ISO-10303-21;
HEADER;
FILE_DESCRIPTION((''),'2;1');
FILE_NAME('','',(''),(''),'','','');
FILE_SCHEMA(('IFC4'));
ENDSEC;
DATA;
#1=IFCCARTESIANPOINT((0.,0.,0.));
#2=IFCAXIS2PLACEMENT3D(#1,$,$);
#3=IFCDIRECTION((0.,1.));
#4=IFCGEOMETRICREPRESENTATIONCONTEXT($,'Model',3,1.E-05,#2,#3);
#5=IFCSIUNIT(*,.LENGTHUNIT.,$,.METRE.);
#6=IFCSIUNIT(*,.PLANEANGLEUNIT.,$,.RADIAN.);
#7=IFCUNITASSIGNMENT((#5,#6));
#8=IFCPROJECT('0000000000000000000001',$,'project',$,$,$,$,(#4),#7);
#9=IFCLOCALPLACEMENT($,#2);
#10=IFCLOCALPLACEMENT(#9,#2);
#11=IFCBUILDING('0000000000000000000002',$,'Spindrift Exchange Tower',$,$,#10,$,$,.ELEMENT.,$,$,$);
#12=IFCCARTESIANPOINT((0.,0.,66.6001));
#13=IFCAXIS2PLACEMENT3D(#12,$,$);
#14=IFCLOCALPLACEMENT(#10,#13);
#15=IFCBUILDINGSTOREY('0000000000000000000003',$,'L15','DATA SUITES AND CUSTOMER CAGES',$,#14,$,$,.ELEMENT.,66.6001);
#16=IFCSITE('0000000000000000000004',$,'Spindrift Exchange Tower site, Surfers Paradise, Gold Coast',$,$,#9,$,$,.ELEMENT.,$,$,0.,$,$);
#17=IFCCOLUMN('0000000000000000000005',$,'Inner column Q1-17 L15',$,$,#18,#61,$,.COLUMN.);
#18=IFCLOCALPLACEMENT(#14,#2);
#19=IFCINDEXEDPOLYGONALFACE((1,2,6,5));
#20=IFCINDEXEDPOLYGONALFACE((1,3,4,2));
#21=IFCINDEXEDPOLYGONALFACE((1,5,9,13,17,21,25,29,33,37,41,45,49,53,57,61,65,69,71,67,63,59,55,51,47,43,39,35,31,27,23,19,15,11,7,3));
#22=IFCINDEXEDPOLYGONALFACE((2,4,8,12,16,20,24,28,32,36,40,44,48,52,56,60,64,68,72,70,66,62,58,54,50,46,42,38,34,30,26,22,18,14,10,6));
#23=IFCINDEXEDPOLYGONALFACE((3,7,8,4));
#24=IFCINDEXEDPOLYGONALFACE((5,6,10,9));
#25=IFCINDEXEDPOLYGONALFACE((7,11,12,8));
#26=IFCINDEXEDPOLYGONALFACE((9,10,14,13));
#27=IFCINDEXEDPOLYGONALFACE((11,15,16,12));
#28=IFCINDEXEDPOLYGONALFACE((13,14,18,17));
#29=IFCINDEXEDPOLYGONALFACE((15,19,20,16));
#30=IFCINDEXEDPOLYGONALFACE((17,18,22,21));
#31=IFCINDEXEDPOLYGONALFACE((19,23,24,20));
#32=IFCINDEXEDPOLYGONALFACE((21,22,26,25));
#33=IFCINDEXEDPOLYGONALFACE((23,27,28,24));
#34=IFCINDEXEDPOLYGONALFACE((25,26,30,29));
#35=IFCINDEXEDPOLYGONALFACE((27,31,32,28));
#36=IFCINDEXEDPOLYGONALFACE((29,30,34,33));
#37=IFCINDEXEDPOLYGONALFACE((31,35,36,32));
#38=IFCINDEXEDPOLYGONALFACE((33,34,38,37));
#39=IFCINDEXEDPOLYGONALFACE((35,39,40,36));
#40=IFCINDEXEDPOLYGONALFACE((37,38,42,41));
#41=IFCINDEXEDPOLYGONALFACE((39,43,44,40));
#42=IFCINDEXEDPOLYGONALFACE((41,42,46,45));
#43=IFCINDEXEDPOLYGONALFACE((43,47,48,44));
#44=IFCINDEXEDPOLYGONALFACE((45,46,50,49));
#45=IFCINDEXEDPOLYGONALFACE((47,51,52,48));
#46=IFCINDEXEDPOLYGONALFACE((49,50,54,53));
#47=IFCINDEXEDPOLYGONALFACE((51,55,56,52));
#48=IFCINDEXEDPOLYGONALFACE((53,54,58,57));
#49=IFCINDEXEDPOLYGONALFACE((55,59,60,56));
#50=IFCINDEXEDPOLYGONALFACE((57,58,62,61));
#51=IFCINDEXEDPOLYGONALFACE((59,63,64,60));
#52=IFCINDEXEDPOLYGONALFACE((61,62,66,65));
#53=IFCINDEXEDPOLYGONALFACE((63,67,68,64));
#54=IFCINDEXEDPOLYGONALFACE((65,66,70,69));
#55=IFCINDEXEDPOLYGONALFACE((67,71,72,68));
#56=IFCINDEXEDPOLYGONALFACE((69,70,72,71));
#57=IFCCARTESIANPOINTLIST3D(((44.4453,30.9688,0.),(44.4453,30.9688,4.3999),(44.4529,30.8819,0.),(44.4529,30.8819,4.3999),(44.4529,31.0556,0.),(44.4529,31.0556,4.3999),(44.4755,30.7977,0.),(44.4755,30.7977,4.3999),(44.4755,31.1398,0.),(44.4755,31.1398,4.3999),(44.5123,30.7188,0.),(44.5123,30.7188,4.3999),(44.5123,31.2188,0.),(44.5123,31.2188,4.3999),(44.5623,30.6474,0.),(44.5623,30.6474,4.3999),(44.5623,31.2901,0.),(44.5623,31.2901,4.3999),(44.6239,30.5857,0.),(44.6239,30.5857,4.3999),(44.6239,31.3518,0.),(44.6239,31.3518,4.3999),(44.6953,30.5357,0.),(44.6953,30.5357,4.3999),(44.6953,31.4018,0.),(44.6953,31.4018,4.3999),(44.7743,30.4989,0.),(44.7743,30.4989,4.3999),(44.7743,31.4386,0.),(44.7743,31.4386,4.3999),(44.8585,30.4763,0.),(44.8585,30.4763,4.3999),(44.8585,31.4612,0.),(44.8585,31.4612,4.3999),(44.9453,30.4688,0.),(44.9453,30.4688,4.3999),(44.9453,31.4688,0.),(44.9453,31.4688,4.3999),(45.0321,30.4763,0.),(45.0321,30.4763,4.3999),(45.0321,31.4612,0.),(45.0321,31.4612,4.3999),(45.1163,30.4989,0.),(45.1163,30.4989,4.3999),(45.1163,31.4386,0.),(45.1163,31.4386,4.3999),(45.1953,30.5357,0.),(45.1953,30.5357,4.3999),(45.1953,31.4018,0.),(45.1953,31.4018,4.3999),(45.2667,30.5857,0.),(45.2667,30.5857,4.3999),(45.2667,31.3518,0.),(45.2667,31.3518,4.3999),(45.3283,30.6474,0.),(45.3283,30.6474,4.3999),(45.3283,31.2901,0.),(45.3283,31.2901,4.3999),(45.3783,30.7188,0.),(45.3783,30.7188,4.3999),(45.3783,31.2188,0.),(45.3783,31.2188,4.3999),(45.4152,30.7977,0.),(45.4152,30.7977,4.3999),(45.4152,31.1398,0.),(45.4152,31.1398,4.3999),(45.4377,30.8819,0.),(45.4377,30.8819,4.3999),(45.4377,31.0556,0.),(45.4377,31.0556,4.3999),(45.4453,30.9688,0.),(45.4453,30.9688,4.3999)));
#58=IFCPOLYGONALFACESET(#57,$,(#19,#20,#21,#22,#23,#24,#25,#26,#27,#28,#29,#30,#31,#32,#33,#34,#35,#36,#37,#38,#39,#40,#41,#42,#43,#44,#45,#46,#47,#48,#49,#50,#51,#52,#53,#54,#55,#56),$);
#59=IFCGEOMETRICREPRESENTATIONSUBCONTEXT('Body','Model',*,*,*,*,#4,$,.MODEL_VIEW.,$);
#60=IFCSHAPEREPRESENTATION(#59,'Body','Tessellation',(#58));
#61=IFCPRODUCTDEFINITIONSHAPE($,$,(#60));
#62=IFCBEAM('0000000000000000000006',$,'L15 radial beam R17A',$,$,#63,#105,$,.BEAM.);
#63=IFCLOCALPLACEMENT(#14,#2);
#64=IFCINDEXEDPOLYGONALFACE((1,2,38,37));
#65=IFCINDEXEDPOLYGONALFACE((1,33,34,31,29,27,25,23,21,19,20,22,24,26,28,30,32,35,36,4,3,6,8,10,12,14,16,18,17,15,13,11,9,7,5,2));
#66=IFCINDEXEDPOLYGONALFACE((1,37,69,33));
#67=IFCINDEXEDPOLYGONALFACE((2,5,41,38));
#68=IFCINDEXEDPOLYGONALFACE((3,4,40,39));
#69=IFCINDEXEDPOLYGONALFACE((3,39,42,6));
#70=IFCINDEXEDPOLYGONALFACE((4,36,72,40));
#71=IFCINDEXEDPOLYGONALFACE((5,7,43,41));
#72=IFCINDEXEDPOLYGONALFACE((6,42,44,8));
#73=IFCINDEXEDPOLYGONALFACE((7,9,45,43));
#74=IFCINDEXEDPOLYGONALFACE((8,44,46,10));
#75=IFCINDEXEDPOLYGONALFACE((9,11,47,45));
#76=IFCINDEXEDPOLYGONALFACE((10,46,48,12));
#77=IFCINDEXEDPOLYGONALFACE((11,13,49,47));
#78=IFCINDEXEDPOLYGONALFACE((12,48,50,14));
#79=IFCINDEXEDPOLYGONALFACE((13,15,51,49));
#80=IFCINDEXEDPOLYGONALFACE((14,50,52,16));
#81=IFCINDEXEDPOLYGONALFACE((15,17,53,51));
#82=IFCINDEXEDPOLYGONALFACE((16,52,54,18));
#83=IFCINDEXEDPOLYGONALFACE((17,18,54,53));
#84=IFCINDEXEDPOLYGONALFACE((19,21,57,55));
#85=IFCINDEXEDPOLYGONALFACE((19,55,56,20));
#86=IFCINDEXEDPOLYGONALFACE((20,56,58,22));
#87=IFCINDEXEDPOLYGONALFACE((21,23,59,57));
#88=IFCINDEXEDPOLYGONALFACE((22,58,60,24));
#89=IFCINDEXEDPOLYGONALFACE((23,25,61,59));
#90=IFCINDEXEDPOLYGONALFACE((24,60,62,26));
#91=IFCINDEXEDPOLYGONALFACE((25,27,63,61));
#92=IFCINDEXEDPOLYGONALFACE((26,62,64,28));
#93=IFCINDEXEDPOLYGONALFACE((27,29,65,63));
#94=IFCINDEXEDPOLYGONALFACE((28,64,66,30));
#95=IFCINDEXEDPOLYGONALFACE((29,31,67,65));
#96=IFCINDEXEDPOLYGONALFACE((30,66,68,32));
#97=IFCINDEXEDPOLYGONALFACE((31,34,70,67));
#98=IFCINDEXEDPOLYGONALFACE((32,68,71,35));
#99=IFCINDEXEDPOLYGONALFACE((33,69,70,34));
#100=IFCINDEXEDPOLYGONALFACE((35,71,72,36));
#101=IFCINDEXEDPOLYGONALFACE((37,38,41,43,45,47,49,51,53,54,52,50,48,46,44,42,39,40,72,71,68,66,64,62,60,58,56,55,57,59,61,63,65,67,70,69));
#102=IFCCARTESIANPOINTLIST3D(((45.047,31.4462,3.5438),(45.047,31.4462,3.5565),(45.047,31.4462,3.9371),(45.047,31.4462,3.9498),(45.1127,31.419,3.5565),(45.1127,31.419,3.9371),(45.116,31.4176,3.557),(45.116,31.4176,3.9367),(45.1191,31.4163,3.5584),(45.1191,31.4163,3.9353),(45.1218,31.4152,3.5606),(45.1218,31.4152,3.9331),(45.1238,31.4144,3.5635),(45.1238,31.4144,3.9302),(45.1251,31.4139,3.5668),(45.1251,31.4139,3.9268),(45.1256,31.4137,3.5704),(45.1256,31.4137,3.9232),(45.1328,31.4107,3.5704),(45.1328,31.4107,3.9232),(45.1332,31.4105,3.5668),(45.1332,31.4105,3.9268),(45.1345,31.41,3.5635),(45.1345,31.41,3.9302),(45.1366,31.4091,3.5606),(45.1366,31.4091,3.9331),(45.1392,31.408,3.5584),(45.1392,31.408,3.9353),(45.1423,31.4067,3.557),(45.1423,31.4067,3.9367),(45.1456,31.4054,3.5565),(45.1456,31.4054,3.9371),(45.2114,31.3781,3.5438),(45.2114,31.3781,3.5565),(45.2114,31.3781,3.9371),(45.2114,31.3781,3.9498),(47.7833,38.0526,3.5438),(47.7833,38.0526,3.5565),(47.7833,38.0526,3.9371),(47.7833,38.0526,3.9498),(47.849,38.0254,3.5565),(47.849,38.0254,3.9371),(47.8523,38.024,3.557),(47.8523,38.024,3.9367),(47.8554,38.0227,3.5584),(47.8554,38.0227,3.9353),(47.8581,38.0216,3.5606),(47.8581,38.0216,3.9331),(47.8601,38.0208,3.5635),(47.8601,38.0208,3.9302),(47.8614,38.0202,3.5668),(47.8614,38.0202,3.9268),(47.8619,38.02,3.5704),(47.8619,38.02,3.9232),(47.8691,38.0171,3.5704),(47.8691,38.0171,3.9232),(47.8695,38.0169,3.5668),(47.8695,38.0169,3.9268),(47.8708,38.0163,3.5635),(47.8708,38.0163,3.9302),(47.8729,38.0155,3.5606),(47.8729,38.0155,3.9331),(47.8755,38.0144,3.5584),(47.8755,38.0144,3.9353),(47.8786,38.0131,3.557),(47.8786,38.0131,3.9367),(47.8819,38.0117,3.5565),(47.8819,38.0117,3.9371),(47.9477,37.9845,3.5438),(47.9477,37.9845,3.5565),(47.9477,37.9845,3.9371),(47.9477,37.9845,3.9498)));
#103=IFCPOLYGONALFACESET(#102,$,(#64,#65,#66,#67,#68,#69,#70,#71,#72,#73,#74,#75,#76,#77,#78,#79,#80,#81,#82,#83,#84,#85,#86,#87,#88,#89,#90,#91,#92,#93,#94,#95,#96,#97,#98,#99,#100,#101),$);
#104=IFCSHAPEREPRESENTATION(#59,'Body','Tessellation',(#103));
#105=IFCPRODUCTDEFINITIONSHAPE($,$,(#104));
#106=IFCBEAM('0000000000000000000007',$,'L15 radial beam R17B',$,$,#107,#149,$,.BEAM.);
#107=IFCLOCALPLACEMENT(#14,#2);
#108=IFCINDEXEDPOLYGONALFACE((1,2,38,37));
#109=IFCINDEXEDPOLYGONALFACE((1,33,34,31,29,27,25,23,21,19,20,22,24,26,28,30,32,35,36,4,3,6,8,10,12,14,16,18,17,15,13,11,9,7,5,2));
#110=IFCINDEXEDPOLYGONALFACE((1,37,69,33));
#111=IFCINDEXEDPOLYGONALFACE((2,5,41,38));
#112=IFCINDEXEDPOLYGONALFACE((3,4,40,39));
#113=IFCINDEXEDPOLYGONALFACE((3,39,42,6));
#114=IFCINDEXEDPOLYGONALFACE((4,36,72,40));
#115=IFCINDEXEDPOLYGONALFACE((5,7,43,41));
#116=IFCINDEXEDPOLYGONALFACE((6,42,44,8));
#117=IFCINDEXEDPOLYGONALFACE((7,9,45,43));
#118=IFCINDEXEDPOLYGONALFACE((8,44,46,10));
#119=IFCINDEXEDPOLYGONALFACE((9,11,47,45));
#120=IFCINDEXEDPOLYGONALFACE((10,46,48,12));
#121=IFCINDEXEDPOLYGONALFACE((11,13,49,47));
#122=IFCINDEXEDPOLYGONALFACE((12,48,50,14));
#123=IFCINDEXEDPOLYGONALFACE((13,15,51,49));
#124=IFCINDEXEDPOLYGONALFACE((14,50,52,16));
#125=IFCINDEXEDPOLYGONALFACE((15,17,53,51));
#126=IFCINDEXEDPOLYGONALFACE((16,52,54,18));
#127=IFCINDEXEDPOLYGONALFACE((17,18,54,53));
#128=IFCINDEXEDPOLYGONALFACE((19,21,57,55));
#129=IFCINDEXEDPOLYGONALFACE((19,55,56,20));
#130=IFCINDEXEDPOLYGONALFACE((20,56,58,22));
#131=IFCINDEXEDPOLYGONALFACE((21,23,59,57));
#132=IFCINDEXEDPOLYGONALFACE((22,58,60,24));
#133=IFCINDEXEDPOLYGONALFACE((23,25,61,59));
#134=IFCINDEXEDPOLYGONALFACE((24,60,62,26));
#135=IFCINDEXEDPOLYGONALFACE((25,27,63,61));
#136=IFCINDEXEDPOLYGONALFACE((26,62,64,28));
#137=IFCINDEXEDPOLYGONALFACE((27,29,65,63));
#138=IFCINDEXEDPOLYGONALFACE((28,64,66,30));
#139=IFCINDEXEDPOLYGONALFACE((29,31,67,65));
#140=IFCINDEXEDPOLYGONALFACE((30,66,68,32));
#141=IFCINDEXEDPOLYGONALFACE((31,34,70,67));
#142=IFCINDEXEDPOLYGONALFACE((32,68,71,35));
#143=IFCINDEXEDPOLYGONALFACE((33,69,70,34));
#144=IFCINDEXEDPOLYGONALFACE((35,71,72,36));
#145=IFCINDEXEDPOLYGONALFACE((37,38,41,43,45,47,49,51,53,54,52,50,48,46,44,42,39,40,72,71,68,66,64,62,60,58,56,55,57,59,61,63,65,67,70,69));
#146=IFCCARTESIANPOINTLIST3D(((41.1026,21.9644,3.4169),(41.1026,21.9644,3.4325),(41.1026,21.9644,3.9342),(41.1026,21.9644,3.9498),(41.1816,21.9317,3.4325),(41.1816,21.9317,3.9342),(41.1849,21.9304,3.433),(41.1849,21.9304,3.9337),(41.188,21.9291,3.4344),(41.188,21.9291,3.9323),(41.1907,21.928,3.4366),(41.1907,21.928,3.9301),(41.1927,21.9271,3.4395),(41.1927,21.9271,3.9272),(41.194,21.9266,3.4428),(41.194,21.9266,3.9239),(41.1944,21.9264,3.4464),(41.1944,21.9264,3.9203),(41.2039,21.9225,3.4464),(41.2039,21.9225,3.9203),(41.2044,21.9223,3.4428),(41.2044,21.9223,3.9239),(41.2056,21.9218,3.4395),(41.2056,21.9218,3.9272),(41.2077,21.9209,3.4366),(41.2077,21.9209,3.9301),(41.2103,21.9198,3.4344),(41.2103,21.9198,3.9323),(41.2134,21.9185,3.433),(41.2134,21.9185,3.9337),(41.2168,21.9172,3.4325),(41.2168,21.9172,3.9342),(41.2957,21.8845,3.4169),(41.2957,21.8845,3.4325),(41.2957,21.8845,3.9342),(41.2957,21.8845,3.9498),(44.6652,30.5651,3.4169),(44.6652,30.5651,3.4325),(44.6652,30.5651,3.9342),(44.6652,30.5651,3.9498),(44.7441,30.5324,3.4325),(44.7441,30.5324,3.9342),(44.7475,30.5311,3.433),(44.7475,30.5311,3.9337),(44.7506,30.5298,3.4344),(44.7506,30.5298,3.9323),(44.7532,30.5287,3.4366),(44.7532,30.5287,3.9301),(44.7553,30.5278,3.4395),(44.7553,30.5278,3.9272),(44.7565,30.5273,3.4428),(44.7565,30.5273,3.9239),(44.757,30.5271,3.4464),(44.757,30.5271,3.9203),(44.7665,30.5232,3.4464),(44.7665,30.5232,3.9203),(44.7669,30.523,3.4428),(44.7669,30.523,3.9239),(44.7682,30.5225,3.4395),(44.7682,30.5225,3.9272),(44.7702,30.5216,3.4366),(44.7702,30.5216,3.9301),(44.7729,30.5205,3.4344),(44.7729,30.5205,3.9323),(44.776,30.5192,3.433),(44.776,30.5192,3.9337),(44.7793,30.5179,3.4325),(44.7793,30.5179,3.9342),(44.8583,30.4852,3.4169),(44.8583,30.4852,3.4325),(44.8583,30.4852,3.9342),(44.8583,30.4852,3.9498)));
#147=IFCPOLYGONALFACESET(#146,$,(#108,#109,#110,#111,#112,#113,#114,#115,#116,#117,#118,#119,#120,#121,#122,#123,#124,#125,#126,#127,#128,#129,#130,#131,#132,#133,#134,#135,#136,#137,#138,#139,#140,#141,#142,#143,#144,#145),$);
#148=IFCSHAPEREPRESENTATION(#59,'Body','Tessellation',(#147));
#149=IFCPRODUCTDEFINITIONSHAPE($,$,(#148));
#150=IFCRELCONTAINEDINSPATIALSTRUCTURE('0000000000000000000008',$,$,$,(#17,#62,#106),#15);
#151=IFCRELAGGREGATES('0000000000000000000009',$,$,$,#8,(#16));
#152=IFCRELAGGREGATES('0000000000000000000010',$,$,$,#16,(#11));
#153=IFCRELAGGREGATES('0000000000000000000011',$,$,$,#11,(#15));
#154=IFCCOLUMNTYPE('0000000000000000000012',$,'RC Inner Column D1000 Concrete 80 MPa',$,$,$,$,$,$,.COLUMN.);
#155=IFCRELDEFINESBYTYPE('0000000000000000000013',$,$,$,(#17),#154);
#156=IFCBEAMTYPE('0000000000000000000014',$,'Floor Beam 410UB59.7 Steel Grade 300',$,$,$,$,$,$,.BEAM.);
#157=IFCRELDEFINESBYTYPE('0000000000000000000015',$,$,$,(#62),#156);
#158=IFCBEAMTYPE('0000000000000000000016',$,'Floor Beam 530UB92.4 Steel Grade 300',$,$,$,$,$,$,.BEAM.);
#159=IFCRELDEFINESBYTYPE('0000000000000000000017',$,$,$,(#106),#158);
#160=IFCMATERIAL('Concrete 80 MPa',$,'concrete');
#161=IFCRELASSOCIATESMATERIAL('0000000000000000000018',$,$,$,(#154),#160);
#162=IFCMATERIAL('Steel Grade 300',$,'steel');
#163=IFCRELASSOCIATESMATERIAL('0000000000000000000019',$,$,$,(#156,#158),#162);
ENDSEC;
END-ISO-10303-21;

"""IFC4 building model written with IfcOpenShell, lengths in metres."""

from ifc_helpers import new_model, si_unit, direction, frame, origin, origin_2d, place, context, subcontext, project, spatial, circle, i_section, extrude, source, transform, mapped, material, material_profile, profile_set, type_object, element, save


model = new_model("IFC4")

# Units and contexts
model_context = context("Model", 3, precision=1e-05, world=origin(), true_north=direction((0.0, 1.0)))
body_context = subcontext(model_context, "Body", "Model", "MODEL_VIEW")
ifc_project = project(units=[si_unit("LENGTHUNIT", "METRE"), si_unit("PLANEANGLEUNIT", "RADIAN")], contexts=[model_context])

# Site, building, storey
site_placement = place(None, origin())
site = spatial("IfcSite", under=ifc_project, at=site_placement, Name="Spindrift Exchange Tower site, Surfers Paradise, Gold Coast", CompositionType="ELEMENT", RefElevation=0.0)
building_placement = place(site_placement, origin())
building = spatial("IfcBuilding", under=site, at=building_placement, Name="Spindrift Exchange Tower", CompositionType="ELEMENT")
storey_placement = place(building_placement, frame((0.0, 0.0, 66.6001)))
storey = spatial("IfcBuildingStorey", under=building, at=storey_placement, Name="L15", Description="DATA SUITES AND CUSTOMER CAGES", CompositionType="ELEMENT", Elevation=66.6001)

# Column
ifc_material_1 = material(Name="Concrete 80 MPa", Category="concrete")
ifc_material_profile_1 = material_profile(ifc_material_1, circle(Radius=0.5, at=origin_2d()), Name="RC D1000")
ifc_profile_set_1 = profile_set([ifc_material_profile_1], Name="Concrete 80 MPa")
column_type = type_object("IfcColumnType", Name="RC Inner Column D1000 Concrete 80 MPa", PredefinedType="COLUMN", material=ifc_profile_set_1)
shared_shape_1 = source(origin(), body_context, "Body", "SweptSolid", [
    extrude(circle(Radius=0.5, at=origin_2d()), origin(), (0.0, 0.0, 1.0), 4.3999),
])
column_placement = place(storey_placement, frame((44.9453, 30.9688, 0.0), z_axis=(0.0, 0.0, 1.0), x_axis=(1.0, 0.0, 0.0)))
element("IfcColumn", 1, at=column_placement, inside=storey, type_object=column_type, Name="Inner column Q1-17 L15", PredefinedType="COLUMN", context=body_context, shape_type="MappedRepresentation", body=[
    mapped(shared_shape_1, transform((0.0, 0.0, 0.0), scale=1.0)),
])

# Beams
ifc_material_2 = material(Name="Steel Grade 300", Category="steel")
ifc_material_profile_2 = material_profile(ifc_material_2, i_section(OverallWidth=0.178, OverallDepth=0.406, WebThickness=0.0078, FlangeThickness=0.0127, FilletRadius=0.0139, at=origin_2d()), Name="410UB59.7")
ifc_profile_set_2 = profile_set([ifc_material_profile_2], Name="Steel Grade 300")
beam_type_1 = type_object("IfcBeamType", Name="Floor Beam 410UB59.7 Steel Grade 300", PredefinedType="BEAM", material=ifc_profile_set_2)
shared_shape_2 = source(origin(), body_context, "Body", "SweptSolid", [
    extrude(i_section(OverallWidth=0.178, OverallDepth=0.406, WebThickness=0.0078, FlangeThickness=0.0127, FilletRadius=0.0139, at=origin_2d()), origin(), (0.0, 0.0, 1.0), 7.1506),
])
beam_1_placement = place(storey_placement, frame((47.8655, 38.0186, 3.7468), z_axis=(-0.382665, -0.923887, 0.0), x_axis=(0.923887, -0.382665, 0.0)))
element("IfcBeam", 2, at=beam_1_placement, inside=storey, type_object=beam_type_1, Name="L15 radial beam R17A", PredefinedType="BEAM", context=body_context, shape_type="MappedRepresentation", body=[
    mapped(shared_shape_2, transform((0.0, 0.0, 0.0), scale=1.0)),
])
ifc_material_profile_3 = material_profile(ifc_material_2, i_section(OverallWidth=0.209, OverallDepth=0.533, WebThickness=0.0103, FlangeThickness=0.0156, FilletRadius=0.0139, at=origin_2d()), Name="530UB92.4")
ifc_profile_set_3 = profile_set([ifc_material_profile_3], Name="Steel Grade 300")
beam_type_2 = type_object("IfcBeamType", Name="Floor Beam 530UB92.4 Steel Grade 300", PredefinedType="BEAM", material=ifc_profile_set_3)
shared_shape_3 = source(origin(), body_context, "Body", "SweptSolid", [
    extrude(i_section(OverallWidth=0.209, OverallDepth=0.533, WebThickness=0.0103, FlangeThickness=0.0156, FilletRadius=0.0139, at=origin_2d()), origin(), (0.0, 0.0, 1.0), 9.3093),
])
beam_2_placement = place(storey_placement, frame((44.7617, 30.5251, 3.6833), z_axis=(-0.382685, -0.923879, 0.0), x_axis=(0.923879, -0.382685, 0.0)))
element("IfcBeam", 3, at=beam_2_placement, inside=storey, type_object=beam_type_2, Name="L15 radial beam R17B", PredefinedType="BEAM", context=body_context, shape_type="MappedRepresentation", body=[
    mapped(shared_shape_3, transform((0.0, 0.0, 0.0), scale=1.0)),
])

save(model, "model.ifc")
